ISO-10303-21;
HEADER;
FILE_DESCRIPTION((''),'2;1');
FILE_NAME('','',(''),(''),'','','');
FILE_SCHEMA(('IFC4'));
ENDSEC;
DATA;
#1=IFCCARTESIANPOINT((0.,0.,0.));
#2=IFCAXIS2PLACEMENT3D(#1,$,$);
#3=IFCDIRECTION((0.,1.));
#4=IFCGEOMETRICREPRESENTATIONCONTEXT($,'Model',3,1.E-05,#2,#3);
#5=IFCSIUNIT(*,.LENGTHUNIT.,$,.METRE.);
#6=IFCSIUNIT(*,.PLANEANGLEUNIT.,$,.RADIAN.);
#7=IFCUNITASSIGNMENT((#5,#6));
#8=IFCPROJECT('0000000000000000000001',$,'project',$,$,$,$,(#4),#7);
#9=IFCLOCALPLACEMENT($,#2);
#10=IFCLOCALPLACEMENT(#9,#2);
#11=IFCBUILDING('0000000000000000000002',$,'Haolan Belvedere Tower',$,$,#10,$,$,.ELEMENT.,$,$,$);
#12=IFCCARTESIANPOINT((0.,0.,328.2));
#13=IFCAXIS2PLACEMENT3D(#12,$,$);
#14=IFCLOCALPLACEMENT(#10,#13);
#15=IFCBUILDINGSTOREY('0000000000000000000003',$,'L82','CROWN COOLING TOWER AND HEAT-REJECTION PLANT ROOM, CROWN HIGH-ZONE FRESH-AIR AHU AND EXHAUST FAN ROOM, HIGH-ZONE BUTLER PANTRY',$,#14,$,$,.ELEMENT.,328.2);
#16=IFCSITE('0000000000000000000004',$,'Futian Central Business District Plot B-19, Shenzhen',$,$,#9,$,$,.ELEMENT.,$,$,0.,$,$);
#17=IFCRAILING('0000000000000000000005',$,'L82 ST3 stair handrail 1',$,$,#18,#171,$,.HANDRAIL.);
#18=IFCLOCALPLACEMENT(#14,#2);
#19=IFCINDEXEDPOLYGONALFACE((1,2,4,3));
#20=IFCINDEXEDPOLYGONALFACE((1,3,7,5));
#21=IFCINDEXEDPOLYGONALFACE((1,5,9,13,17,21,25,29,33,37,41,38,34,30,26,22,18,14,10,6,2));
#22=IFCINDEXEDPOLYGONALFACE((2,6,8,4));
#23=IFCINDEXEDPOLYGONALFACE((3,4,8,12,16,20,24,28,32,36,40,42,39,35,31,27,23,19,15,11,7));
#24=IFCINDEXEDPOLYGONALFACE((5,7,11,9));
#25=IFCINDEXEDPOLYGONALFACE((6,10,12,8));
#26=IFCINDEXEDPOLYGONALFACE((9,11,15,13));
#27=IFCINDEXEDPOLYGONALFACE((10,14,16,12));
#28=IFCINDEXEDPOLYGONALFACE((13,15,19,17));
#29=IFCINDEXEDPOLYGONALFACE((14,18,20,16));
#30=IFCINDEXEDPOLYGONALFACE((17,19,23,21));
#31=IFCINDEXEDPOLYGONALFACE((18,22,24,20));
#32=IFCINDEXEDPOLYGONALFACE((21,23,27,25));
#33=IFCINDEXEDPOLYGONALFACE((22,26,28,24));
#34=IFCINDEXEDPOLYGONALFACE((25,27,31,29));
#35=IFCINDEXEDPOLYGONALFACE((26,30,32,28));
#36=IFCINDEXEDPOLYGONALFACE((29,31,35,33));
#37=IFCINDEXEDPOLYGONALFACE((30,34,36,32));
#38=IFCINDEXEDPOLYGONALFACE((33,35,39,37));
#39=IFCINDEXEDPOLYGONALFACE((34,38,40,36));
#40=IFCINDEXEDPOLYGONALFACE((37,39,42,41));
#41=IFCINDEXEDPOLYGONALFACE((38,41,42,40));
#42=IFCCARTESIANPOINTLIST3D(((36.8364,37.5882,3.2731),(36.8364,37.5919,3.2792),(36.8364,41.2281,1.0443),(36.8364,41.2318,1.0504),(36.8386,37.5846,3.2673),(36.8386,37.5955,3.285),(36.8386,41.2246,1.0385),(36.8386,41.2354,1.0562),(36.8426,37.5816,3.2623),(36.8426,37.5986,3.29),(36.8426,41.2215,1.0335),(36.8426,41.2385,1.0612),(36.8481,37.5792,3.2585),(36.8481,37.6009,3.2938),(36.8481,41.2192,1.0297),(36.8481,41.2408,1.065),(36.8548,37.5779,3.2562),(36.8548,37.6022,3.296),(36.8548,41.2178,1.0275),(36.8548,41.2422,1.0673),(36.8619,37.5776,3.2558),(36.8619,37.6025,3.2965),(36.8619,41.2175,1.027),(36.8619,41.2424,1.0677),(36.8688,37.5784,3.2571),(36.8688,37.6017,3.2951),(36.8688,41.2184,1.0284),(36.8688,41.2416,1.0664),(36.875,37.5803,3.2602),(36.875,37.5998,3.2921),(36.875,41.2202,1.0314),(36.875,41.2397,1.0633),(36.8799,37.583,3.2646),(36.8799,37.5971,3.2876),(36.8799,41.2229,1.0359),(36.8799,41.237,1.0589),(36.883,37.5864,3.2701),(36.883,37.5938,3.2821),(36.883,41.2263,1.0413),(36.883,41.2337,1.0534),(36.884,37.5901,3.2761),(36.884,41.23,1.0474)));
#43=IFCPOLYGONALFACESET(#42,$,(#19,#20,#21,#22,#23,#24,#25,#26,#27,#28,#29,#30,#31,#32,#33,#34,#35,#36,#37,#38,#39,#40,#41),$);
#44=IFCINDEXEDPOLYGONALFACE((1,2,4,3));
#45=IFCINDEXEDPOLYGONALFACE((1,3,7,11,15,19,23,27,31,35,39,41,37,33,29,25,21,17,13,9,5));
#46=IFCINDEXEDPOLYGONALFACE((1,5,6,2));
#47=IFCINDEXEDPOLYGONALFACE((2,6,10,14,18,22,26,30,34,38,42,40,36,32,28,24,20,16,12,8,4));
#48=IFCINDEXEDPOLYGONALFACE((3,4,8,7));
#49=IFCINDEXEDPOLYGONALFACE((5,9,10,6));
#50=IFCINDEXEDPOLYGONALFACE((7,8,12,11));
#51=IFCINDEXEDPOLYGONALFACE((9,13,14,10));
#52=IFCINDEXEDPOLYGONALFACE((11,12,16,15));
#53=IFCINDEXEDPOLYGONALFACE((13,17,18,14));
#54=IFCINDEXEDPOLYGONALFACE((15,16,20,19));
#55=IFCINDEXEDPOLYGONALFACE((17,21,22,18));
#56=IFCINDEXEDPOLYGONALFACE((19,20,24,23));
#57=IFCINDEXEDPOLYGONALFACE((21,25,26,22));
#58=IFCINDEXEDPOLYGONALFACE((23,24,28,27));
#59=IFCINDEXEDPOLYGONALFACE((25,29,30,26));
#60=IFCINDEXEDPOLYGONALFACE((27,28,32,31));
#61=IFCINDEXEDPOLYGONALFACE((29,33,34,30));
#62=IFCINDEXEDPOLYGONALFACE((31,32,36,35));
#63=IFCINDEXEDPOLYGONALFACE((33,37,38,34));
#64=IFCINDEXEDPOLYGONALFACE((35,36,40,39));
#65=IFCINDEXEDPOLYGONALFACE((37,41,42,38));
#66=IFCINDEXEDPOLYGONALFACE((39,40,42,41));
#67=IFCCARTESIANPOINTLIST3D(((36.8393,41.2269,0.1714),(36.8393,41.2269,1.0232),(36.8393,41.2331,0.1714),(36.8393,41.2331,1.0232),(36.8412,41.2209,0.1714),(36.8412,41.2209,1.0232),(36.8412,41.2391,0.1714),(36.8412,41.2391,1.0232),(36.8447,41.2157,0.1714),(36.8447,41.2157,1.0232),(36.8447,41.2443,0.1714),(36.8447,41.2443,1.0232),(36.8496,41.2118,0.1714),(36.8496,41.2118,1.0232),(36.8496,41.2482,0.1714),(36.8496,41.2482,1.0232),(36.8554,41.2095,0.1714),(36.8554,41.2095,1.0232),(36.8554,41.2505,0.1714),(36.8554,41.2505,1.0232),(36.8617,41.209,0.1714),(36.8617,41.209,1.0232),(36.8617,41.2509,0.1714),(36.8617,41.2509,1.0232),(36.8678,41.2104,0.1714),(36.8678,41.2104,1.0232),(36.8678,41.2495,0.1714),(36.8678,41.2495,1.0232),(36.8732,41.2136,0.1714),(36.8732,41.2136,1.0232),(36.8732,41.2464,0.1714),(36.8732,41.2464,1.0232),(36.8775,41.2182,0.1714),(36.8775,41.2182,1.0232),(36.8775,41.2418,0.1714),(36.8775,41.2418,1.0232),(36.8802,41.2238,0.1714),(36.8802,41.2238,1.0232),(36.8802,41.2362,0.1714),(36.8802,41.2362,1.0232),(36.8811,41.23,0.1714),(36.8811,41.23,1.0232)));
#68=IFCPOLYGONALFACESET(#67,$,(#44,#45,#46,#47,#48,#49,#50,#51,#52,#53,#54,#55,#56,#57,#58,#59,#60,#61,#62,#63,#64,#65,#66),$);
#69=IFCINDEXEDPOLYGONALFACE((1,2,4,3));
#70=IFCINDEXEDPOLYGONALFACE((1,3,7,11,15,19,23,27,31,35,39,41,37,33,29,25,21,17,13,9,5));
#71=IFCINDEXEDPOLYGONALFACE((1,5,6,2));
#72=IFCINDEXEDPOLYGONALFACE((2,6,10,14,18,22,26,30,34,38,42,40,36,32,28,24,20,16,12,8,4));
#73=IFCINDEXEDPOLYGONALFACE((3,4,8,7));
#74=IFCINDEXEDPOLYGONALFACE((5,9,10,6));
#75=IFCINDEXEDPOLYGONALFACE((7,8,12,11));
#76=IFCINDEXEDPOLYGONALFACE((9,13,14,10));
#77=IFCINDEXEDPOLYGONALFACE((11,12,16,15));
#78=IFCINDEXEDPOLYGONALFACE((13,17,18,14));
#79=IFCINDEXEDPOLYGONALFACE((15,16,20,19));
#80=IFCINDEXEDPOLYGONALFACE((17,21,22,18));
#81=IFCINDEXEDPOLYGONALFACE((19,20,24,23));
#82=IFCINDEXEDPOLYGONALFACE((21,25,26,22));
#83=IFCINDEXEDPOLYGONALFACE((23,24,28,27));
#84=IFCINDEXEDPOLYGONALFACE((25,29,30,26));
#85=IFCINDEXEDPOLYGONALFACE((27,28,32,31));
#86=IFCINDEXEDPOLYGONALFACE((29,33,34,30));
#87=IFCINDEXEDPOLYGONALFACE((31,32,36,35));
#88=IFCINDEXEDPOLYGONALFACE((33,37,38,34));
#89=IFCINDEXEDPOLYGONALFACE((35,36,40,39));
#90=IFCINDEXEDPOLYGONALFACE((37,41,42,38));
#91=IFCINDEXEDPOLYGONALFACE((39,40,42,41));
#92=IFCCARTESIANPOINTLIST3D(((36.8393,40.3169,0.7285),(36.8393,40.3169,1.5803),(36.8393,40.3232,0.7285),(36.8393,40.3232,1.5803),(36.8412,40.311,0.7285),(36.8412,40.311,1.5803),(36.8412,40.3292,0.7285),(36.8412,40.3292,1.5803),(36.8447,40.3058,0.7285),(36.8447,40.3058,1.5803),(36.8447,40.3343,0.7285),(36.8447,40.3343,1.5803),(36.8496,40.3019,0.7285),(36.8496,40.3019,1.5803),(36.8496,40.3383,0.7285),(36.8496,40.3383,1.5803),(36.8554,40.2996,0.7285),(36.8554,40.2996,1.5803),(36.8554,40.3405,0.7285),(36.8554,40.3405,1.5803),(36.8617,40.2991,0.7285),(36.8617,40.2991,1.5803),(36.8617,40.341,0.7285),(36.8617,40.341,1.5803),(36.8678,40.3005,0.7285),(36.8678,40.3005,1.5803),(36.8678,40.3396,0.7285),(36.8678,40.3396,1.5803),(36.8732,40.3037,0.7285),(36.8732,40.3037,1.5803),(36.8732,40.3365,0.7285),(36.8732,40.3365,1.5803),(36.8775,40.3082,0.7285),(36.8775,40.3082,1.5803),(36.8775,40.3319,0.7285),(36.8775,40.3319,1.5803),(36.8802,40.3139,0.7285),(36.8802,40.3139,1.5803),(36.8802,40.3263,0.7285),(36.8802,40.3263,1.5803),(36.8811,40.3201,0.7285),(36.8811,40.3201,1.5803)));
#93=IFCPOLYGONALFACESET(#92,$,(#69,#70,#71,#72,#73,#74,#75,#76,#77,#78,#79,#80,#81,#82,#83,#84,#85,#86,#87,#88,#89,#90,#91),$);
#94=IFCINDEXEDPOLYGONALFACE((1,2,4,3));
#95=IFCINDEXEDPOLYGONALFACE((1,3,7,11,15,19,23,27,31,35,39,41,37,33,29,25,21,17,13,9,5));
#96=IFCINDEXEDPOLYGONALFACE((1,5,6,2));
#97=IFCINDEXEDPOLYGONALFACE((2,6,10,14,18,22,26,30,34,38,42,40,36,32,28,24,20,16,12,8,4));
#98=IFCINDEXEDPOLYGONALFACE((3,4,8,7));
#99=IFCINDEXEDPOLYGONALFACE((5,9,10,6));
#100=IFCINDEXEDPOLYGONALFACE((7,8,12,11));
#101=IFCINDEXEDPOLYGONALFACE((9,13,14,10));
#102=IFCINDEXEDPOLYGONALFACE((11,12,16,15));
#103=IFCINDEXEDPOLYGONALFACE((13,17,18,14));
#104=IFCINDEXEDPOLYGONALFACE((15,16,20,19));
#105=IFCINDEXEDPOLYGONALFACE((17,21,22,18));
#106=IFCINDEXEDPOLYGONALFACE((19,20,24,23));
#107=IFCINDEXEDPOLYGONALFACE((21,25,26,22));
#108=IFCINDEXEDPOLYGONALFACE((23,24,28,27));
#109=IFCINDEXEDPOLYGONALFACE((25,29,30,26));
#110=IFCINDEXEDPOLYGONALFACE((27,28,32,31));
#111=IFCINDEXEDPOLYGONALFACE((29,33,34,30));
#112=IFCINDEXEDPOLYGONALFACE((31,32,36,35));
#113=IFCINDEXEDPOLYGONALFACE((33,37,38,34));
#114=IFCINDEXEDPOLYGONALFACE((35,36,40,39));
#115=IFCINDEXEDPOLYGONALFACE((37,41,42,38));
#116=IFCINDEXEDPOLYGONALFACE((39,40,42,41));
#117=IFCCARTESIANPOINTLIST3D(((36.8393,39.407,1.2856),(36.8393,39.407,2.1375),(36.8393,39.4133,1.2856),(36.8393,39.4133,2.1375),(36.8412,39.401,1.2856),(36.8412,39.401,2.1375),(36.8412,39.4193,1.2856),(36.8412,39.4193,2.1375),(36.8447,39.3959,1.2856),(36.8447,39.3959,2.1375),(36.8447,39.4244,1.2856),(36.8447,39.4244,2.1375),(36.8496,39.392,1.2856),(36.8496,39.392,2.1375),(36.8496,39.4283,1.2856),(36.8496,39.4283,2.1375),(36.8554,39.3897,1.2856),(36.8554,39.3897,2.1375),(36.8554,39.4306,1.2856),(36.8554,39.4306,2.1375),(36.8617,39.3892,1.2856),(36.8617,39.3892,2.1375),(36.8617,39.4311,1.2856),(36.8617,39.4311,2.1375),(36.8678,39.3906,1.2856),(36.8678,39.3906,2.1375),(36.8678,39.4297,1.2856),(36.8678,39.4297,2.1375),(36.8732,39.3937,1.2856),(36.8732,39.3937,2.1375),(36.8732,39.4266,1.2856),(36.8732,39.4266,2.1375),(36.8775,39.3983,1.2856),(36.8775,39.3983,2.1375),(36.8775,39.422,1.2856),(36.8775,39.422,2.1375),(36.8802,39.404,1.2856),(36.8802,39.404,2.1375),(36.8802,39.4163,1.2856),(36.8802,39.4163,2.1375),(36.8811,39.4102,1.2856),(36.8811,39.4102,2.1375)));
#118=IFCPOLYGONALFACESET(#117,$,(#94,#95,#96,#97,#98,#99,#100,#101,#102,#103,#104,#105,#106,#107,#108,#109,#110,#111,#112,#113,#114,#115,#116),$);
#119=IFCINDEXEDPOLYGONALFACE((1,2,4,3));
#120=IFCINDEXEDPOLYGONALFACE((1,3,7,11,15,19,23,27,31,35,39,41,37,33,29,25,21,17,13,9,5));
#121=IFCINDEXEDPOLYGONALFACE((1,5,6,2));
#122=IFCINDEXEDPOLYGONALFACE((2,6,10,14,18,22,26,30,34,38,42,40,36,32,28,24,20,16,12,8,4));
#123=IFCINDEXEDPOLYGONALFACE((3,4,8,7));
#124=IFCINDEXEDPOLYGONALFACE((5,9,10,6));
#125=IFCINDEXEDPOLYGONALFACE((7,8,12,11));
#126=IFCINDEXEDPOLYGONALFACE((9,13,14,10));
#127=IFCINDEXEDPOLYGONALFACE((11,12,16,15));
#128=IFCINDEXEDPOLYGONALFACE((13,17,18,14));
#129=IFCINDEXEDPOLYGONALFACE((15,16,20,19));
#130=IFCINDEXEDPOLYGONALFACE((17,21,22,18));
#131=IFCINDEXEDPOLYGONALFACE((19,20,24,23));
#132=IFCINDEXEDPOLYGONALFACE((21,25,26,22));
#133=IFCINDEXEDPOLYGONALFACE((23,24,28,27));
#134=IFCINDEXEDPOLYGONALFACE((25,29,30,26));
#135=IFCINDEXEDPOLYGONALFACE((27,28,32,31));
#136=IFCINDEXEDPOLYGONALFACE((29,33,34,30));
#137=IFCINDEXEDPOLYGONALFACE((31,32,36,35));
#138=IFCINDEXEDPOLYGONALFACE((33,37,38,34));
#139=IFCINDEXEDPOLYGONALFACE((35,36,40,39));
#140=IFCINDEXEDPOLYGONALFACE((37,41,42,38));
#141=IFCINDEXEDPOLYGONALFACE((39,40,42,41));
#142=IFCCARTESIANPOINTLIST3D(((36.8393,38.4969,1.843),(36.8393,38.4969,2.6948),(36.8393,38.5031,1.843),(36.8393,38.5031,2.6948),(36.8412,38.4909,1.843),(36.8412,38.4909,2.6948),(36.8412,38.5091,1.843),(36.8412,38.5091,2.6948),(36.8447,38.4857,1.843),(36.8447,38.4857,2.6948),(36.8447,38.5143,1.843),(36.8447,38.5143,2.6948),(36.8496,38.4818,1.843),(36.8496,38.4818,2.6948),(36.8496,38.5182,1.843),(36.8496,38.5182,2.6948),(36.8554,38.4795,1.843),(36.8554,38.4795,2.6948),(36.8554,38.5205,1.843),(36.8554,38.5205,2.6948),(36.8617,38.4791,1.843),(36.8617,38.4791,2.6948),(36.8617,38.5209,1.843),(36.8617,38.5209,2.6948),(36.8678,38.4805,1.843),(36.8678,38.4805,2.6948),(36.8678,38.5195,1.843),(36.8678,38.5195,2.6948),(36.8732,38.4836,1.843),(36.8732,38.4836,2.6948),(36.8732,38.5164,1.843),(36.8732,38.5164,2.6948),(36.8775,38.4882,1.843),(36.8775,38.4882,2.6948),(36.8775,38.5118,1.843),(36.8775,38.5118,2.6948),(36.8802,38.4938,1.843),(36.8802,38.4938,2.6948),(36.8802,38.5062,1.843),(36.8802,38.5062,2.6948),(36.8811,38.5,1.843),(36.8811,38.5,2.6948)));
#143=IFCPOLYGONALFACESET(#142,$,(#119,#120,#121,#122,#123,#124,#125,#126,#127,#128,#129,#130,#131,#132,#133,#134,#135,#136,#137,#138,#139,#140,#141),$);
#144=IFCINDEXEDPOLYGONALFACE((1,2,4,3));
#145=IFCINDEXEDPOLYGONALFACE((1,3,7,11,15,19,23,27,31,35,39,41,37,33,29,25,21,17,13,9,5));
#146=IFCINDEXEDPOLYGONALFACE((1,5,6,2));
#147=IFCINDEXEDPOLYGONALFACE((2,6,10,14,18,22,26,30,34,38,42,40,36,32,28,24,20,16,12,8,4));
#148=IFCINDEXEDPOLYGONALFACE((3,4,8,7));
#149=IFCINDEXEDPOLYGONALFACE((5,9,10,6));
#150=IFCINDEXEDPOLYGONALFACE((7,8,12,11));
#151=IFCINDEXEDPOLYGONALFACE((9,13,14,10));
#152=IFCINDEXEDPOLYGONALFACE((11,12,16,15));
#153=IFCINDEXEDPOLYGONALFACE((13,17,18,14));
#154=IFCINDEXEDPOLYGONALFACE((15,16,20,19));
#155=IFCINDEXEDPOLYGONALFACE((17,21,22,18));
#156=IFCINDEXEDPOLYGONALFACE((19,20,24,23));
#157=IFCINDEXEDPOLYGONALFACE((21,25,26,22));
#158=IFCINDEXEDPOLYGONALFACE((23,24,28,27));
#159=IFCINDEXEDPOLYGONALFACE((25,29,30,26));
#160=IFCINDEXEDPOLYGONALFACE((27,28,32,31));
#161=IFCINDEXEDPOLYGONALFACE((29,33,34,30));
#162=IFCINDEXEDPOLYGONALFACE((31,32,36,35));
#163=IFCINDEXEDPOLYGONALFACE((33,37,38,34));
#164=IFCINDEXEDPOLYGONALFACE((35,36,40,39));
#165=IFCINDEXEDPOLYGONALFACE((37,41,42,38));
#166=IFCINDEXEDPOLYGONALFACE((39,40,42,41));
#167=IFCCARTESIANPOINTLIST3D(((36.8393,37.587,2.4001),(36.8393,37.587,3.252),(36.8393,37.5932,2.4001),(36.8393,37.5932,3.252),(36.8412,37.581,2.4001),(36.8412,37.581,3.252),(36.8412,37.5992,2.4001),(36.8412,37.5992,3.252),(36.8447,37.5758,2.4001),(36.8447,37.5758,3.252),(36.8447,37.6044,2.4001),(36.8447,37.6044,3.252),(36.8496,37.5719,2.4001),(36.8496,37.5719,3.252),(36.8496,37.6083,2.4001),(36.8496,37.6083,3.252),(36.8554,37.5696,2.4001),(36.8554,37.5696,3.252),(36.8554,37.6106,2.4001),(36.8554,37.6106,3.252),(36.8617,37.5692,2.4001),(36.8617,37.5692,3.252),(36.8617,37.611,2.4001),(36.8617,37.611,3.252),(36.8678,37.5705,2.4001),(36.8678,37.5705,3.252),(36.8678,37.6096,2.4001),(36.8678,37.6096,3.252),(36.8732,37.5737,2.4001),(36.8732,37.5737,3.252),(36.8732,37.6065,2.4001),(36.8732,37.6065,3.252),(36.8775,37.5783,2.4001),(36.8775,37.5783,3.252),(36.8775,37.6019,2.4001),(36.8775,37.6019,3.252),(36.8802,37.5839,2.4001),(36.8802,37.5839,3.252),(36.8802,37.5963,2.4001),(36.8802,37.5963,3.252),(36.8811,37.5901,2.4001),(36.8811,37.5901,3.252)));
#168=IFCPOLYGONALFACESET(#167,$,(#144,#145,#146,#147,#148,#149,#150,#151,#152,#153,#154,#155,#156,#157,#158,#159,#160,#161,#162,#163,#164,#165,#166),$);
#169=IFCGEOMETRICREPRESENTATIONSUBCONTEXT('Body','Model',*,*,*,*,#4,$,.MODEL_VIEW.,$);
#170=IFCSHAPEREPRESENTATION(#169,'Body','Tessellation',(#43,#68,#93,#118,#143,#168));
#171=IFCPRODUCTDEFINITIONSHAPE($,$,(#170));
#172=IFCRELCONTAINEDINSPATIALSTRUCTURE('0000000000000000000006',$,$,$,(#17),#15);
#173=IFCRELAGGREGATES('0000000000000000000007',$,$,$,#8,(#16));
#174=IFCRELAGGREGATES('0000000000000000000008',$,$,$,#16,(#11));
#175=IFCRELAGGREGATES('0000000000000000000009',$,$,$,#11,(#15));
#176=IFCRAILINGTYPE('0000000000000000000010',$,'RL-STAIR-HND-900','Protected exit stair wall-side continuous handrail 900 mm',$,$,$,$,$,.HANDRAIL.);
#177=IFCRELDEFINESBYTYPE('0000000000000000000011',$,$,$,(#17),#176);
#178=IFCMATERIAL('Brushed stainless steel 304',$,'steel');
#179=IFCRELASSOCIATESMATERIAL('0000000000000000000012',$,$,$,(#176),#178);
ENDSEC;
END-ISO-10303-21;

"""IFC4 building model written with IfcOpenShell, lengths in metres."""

from ifc_helpers import new_model, si_unit, direction, frame, origin, origin_2d, place, context, subcontext, project, spatial, circle, extrude, material, type_object, element, save


model = new_model("IFC4")

# Units and contexts
model_context = context("Model", 3, precision=1e-05, world=origin(), true_north=direction((0.0, 1.0)))
body_context = subcontext(model_context, "Body", "Model", "MODEL_VIEW")
ifc_project = project(units=[si_unit("LENGTHUNIT", "METRE"), si_unit("PLANEANGLEUNIT", "RADIAN")], contexts=[model_context])

# Site, building, storey
site_placement = place(None, origin())
site = spatial("IfcSite", under=ifc_project, at=site_placement, Name="Futian Central Business District Plot B-19, Shenzhen", CompositionType="ELEMENT", RefElevation=0.0)
building_placement = place(site_placement, origin())
building = spatial("IfcBuilding", under=site, at=building_placement, Name="Haolan Belvedere Tower", CompositionType="ELEMENT")
storey_placement = place(building_placement, frame((0.0, 0.0, 328.2)))
storey = spatial("IfcBuildingStorey", under=building, at=storey_placement, Name="L82", Description="CROWN COOLING TOWER AND HEAT-REJECTION PLANT ROOM, CROWN HIGH-ZONE FRESH-AIR AHU AND EXHAUST FAN ROOM, HIGH-ZONE BUTLER PANTRY", CompositionType="ELEMENT", Elevation=328.2)

# Railing
ifc_material_1 = material(Name="Brushed stainless steel 304", Category="steel")
railing_type_1 = type_object("IfcRailingType", Name="RL-STAIR-HND-900", Description="Protected exit stair wall-side continuous handrail 900 mm", PredefinedType="HANDRAIL", material=ifc_material_1)
for number, where, name in (
    (1, (36.8601, 41.23, 0.1714), "L82 ST3 stair handrail 1"),
):
    element("IfcRailing", number, at=place(storey_placement, frame(where)), inside=storey, type_object=railing_type_1, Name=name, PredefinedType="HANDRAIL", context=body_context, shape_type="SweptSolid", body=[
        extrude(circle(Radius=0.0239, at=origin_2d()), frame((0.0, 0.0, 0.876), z_axis=(0.0, -0.852825, 0.522197), x_axis=(1.0, 0.0, 0.0)), (0.0, 0.0, 1.0), 4.2681),
        extrude(circle(Radius=0.021, at=origin_2d()), origin(), (0.0, 0.0, 1.0), 0.8518),
        extrude(circle(Radius=0.021, at=origin_2d()), frame((0.0, -0.9099, 0.5571)), (0.0, 0.0, 1.0), 0.8518),
        extrude(circle(Radius=0.021, at=origin_2d()), frame((0.0, -1.8198, 1.1143)), (0.0, 0.0, 1.0), 0.8518),
        extrude(circle(Radius=0.021, at=origin_2d()), frame((0.0, -2.73, 1.6716)), (0.0, 0.0, 1.0), 0.8518),
        extrude(circle(Radius=0.021, at=origin_2d()), frame((0.0, -3.6399, 2.2288)), (0.0, 0.0, 1.0), 0.8518),
    ])

save(model, "model.ifc")
